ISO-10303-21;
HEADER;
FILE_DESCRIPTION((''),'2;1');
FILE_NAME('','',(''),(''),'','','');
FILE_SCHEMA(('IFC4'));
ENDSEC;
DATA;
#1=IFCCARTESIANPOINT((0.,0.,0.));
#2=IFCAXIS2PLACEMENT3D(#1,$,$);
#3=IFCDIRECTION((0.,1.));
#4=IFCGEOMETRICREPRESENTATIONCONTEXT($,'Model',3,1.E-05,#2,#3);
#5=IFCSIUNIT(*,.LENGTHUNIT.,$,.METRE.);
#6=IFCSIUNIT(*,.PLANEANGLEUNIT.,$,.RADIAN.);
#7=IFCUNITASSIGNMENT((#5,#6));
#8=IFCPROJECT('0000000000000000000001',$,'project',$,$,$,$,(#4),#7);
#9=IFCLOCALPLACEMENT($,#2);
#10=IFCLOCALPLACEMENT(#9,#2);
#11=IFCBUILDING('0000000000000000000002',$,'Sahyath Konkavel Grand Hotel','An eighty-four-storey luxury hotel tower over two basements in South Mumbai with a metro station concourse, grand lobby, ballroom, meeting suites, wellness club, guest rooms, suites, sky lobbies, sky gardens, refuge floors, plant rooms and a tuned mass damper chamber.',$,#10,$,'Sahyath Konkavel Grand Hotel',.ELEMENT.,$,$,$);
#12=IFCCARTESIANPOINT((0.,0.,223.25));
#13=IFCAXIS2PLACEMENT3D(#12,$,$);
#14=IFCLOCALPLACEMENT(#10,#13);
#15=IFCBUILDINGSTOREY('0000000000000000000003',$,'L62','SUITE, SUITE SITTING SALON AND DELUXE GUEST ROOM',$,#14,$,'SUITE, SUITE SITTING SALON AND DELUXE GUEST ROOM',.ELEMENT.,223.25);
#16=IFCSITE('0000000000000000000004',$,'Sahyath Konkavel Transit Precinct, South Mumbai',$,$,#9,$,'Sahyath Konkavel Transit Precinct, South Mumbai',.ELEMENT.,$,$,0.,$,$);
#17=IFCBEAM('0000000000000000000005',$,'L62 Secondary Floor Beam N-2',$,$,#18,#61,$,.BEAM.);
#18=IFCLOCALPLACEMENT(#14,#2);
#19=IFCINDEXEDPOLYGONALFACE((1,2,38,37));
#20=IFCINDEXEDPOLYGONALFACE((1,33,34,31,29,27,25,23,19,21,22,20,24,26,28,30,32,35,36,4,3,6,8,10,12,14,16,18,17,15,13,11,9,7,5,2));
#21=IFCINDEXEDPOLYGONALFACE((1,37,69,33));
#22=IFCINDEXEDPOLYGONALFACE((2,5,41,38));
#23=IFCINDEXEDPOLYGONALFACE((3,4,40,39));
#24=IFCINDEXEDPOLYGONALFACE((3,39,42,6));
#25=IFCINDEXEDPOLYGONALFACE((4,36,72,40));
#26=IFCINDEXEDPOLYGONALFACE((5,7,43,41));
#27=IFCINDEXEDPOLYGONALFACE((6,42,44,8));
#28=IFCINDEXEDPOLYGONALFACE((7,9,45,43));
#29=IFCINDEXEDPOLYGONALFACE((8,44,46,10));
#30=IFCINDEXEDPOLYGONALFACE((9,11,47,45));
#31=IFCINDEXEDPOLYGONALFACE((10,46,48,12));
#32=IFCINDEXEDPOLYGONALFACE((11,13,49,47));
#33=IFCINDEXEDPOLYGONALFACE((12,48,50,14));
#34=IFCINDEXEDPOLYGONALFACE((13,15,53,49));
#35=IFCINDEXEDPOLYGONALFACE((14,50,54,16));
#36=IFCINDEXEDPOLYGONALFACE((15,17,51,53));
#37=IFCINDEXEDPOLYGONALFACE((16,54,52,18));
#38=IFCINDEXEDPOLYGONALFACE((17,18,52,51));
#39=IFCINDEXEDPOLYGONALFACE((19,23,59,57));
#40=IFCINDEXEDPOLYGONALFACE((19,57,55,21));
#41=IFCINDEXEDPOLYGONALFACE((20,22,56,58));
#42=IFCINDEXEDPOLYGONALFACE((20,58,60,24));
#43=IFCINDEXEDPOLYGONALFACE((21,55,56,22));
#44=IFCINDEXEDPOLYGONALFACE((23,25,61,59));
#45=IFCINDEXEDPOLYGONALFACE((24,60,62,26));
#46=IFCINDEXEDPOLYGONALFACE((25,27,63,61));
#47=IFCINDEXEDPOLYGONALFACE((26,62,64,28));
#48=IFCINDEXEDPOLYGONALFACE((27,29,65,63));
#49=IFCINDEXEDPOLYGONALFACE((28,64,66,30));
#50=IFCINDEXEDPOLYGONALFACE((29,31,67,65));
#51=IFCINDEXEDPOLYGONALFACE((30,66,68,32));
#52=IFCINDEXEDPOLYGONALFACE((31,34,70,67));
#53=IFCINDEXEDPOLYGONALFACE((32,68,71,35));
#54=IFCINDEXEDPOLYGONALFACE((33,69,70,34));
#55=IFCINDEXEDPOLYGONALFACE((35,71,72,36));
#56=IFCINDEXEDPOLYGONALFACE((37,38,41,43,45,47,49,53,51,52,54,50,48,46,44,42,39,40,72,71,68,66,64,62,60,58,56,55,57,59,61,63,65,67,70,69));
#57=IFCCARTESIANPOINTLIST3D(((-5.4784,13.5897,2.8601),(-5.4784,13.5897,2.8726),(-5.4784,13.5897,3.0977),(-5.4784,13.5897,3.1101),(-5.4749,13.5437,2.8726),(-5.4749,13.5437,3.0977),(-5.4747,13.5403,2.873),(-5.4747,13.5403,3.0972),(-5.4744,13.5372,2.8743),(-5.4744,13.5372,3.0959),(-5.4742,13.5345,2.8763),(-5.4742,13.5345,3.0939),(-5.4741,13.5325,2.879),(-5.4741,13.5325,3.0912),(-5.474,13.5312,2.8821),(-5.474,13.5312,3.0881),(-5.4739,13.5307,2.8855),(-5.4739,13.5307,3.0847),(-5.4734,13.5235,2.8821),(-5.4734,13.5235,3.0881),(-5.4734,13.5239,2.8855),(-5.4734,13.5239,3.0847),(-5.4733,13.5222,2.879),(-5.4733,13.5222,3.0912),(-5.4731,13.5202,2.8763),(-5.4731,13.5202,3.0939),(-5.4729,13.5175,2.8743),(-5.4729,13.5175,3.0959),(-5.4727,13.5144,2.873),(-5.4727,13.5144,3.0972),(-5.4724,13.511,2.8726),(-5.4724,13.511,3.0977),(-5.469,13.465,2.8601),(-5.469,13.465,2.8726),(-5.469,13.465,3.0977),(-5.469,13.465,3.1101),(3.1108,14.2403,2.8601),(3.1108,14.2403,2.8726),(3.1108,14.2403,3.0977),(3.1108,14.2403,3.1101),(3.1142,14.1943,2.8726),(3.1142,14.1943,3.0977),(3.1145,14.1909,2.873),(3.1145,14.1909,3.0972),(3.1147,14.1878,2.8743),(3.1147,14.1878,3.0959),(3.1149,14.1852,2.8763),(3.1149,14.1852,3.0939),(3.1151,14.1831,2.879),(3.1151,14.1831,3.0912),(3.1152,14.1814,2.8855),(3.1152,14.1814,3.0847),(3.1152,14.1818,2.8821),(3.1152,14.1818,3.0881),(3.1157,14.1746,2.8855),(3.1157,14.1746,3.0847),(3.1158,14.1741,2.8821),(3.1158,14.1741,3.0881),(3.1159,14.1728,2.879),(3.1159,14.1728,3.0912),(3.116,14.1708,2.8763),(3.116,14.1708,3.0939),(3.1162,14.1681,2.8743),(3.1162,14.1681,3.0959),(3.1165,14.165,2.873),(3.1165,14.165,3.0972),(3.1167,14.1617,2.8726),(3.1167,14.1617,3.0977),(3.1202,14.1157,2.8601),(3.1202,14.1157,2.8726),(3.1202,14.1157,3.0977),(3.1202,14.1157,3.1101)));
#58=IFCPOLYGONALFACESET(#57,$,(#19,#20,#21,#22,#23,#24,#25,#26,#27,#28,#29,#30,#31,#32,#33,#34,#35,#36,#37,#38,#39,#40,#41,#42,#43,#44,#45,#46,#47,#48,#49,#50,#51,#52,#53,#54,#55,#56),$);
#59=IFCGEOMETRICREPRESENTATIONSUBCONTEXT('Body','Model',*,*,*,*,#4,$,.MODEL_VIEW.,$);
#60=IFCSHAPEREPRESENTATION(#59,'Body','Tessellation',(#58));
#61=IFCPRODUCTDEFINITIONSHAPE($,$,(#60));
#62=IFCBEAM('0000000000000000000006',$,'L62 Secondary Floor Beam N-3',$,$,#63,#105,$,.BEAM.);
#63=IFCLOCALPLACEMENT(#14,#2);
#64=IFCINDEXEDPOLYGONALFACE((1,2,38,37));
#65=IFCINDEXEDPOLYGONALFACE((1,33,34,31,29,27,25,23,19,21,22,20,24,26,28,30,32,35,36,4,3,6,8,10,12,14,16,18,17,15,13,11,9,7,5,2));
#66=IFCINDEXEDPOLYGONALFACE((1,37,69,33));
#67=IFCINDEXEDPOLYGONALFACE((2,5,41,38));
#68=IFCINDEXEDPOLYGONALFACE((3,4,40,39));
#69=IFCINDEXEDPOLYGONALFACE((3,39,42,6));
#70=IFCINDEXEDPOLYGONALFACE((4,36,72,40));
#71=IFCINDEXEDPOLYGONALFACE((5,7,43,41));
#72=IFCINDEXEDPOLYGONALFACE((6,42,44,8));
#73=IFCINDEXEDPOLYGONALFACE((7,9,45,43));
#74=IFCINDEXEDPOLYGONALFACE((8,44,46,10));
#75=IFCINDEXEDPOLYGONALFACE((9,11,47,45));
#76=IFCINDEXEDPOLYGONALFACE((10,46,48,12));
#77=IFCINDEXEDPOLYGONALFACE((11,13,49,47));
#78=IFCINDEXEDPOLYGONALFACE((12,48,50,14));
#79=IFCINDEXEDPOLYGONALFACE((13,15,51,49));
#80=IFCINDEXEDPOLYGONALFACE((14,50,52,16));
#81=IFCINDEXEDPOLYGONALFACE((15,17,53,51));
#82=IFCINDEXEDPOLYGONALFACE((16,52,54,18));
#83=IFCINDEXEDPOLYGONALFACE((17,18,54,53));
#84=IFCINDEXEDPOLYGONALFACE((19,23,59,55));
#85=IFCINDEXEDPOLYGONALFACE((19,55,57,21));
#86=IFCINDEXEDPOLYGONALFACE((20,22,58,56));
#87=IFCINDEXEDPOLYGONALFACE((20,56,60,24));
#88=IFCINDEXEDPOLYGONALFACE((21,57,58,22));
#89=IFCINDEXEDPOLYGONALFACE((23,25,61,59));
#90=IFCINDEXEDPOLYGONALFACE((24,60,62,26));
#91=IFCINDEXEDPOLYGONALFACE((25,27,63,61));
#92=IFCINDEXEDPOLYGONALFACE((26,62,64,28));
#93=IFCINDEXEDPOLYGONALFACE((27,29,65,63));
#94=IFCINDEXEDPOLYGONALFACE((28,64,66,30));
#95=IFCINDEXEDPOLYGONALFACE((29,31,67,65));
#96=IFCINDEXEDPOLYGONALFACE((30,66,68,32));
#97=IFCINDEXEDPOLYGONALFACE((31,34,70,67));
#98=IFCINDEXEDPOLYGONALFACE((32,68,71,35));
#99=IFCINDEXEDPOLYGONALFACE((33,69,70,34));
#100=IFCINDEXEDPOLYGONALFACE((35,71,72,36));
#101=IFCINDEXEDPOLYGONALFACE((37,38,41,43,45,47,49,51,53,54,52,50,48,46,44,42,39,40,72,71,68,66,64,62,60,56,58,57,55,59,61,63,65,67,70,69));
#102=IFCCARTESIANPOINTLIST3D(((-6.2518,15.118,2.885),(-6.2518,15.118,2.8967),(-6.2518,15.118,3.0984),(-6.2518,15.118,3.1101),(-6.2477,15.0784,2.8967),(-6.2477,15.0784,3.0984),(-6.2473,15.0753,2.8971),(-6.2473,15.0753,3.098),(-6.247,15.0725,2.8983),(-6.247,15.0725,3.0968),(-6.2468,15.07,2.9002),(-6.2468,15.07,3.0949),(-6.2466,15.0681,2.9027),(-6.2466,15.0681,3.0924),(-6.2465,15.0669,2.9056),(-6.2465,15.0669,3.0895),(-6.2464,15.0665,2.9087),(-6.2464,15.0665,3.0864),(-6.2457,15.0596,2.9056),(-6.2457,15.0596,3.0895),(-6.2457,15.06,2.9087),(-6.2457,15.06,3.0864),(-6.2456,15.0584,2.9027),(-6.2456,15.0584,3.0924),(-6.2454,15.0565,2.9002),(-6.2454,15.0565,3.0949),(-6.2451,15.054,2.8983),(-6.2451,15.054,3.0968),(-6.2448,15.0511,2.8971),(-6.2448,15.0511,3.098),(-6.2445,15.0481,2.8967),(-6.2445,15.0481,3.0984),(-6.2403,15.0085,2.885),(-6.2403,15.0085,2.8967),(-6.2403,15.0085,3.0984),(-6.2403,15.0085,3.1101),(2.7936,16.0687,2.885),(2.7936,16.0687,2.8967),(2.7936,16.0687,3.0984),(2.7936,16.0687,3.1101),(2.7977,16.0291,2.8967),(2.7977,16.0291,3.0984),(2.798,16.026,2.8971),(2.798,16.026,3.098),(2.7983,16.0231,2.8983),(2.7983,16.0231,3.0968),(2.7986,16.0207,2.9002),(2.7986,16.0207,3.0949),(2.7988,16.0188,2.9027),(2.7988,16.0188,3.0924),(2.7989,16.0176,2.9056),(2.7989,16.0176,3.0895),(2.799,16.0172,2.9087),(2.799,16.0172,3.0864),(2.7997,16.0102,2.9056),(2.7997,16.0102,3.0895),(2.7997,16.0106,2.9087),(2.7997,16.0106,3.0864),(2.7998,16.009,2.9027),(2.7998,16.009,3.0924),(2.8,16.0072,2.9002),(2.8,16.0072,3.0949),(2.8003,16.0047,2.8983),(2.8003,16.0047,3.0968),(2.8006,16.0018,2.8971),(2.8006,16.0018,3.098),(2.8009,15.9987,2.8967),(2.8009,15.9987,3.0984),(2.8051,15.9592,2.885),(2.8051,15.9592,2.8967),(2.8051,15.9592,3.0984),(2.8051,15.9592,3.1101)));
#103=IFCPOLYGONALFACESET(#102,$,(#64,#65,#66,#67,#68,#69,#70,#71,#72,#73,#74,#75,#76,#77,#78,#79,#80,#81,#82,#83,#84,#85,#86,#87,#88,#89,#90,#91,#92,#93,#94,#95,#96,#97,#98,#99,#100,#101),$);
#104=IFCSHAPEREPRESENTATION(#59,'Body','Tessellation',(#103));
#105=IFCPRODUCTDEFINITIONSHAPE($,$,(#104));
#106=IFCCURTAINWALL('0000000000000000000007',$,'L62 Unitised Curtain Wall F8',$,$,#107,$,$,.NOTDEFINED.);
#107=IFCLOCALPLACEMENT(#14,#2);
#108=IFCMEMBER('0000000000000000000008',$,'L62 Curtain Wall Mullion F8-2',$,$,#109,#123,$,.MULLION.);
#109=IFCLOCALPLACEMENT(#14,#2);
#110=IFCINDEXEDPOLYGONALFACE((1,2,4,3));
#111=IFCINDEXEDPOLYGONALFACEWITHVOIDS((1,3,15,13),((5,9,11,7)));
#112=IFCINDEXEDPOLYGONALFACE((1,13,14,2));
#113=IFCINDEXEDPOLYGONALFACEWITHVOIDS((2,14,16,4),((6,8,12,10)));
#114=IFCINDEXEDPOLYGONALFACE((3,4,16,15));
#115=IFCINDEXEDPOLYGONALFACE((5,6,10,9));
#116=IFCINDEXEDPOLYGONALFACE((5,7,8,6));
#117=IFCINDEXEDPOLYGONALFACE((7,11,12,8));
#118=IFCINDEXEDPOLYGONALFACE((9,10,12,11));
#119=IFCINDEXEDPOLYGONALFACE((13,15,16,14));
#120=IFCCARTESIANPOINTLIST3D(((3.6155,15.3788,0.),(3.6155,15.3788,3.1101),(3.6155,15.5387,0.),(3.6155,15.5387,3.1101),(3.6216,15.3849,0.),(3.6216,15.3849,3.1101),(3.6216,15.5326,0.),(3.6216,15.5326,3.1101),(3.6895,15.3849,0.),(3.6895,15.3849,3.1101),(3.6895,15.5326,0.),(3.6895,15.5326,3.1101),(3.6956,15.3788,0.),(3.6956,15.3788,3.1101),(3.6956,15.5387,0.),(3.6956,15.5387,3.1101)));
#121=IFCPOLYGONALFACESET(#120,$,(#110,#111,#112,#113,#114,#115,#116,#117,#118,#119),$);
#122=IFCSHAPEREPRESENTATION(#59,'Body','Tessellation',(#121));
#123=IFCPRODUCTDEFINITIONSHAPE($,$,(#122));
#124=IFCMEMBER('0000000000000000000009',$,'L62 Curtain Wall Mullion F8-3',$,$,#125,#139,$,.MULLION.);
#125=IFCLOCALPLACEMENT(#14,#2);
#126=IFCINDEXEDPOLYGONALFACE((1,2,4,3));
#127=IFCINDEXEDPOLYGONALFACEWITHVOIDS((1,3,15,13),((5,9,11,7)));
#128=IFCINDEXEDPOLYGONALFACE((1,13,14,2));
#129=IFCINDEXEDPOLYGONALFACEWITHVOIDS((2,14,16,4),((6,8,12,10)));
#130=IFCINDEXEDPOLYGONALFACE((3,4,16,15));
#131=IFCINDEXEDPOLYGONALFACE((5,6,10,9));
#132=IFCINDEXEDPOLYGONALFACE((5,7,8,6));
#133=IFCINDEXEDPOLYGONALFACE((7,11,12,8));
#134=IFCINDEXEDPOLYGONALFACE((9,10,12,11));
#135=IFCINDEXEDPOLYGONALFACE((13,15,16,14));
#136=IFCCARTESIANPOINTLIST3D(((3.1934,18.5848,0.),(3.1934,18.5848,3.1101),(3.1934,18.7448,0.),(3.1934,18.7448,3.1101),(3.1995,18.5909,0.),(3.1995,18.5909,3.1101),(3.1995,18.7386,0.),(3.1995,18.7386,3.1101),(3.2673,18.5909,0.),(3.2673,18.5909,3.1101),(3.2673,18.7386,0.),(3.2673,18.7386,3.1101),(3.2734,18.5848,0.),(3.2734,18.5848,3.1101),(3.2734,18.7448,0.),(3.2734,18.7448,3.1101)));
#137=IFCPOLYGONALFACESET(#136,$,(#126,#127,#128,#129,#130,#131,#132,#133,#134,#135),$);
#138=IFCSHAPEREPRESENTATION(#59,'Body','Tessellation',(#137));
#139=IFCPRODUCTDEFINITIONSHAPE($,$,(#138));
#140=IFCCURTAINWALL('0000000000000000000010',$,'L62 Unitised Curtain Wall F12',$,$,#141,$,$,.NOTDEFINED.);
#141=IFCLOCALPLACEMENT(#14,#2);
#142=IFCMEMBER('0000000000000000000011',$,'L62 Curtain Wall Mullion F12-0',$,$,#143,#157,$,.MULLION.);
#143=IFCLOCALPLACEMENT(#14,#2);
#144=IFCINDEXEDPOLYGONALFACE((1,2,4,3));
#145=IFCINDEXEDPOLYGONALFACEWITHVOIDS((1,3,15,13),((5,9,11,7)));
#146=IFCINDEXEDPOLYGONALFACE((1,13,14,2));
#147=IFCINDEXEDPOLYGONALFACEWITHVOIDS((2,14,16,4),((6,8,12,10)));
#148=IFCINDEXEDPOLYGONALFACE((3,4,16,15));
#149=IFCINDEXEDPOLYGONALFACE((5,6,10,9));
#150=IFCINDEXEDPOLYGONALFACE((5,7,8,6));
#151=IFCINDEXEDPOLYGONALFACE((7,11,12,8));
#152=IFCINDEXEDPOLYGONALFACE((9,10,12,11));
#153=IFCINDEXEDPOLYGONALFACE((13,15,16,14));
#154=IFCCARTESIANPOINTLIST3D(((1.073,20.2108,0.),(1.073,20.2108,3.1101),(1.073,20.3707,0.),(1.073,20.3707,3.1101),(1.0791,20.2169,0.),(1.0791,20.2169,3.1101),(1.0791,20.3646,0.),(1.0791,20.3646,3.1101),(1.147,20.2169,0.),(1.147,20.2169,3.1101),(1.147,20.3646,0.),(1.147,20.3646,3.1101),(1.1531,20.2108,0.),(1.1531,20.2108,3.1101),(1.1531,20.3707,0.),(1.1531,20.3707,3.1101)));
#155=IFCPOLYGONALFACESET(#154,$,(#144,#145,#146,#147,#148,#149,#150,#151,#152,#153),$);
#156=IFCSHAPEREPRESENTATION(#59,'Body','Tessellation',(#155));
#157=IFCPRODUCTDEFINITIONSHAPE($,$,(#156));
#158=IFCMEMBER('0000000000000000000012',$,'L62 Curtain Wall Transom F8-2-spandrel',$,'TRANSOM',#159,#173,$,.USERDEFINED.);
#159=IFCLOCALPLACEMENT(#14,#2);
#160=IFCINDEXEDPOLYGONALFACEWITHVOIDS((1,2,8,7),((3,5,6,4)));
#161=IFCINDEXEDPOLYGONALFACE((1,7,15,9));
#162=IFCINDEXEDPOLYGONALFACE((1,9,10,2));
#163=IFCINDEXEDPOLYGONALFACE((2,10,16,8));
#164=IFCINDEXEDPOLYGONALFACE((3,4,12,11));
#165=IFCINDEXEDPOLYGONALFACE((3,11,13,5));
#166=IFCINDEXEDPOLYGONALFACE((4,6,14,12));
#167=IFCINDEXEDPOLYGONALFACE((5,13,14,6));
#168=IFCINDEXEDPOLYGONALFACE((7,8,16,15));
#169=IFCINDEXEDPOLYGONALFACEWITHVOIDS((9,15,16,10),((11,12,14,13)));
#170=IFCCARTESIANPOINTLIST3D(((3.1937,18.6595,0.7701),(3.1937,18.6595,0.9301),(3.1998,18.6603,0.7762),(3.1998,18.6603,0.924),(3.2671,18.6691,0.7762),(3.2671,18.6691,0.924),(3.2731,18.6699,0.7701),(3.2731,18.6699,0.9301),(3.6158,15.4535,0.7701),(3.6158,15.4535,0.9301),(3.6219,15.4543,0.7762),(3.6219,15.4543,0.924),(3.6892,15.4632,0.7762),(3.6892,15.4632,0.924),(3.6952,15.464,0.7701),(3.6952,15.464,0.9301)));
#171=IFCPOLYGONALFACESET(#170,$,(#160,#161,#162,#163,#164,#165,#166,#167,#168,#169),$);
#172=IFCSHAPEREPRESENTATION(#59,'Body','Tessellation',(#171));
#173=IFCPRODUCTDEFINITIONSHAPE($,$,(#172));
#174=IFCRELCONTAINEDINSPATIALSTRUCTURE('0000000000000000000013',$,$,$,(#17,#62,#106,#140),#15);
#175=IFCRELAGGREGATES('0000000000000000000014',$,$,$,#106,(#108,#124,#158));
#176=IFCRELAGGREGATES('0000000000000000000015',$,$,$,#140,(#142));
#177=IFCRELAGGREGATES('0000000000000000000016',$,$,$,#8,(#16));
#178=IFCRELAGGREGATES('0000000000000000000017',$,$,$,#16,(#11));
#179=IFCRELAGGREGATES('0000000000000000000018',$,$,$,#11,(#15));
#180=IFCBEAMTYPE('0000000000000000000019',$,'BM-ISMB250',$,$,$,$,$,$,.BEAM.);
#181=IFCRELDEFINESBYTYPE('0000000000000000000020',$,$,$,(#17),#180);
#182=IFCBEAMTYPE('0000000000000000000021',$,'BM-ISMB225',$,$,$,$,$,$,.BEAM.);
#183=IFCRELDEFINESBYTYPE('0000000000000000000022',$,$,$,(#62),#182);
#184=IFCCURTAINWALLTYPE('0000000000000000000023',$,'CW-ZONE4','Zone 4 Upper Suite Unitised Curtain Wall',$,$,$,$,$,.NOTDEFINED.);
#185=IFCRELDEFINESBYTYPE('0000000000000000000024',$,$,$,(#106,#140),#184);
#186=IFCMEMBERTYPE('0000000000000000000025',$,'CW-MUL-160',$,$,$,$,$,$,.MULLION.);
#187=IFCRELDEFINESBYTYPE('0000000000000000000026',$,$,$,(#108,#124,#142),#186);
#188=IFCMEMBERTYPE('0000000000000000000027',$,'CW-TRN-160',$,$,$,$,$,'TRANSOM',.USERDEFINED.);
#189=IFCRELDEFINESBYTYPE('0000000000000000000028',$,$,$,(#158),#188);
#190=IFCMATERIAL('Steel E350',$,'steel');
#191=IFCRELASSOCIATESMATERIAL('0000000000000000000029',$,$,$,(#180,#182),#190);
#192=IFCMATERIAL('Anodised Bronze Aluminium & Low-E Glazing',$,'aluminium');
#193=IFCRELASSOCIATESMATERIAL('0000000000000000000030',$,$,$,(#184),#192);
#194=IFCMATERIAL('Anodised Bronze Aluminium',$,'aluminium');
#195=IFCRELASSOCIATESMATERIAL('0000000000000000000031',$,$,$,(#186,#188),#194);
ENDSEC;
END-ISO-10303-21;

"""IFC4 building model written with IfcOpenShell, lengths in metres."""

from ifc_helpers import new_model, si_unit, direction, frame, origin, origin_2d, place, context, subcontext, project, spatial, hollow_rectangle, i_section, extrude, source, transform, mapped, material, material_profile, profile_set, type_object, element, aggregate, save


model = new_model("IFC4")

# Units and contexts
model_context = context("Model", 3, precision=1e-05, world=origin(), true_north=direction((0.0, 1.0)))
body_context = subcontext(model_context, "Body", "Model", "MODEL_VIEW")
ifc_project = project(units=[si_unit("LENGTHUNIT", "METRE"), si_unit("PLANEANGLEUNIT", "RADIAN")], contexts=[model_context])

# Site, building, storey
site_placement = place(None, origin())
site = spatial("IfcSite", under=ifc_project, at=site_placement, Name="Sahyath Konkavel Transit Precinct, South Mumbai", LongName="Sahyath Konkavel Transit Precinct, South Mumbai", CompositionType="ELEMENT", RefElevation=0.0)
building_placement = place(site_placement, origin())
building = spatial("IfcBuilding", under=site, at=building_placement, Name="Sahyath Konkavel Grand Hotel", Description="An eighty-four-storey luxury hotel tower over two basements in South Mumbai with a metro station concourse, grand lobby, ballroom, meeting suites, wellness club, guest rooms, suites, sky lobbies, sky gardens, refuge floors, plant rooms and a tuned mass damper chamber.", LongName="Sahyath Konkavel Grand Hotel", CompositionType="ELEMENT")
storey_placement = place(building_placement, frame((0.0, 0.0, 223.25)))
storey = spatial("IfcBuildingStorey", under=building, at=storey_placement, Name="L62", Description="SUITE, SUITE SITTING SALON AND DELUXE GUEST ROOM", LongName="SUITE, SUITE SITTING SALON AND DELUXE GUEST ROOM", CompositionType="ELEMENT", Elevation=223.25)

# Beams
ifc_material_1 = material(Name="Steel E350", Category="steel")
ifc_material_profile_1 = material_profile(ifc_material_1, i_section(OverallWidth=0.125, OverallDepth=0.25, WebThickness=0.0068, FlangeThickness=0.0125, FilletRadius=0.0129, at=origin_2d()), Name="ISMB 250")
ifc_profile_set_1 = profile_set([ifc_material_profile_1], Name="Steel E350")
beam_type_1 = type_object("IfcBeamType", Name="BM-ISMB250", PredefinedType="BEAM", material=ifc_profile_set_1)
shared_shape_1 = source(origin(), body_context, "Body", "SweptSolid", [
    extrude(i_section(OverallWidth=0.125, OverallDepth=0.25, WebThickness=0.0068, FlangeThickness=0.0125, FilletRadius=0.0129, at=origin_2d()), origin(), (0.0, 0.0, 1.0), 8.6138),
])
beam_1_placement = place(storey_placement, frame((3.1155, 14.178, 2.9851), z_axis=(-0.997143, -0.075535, 0.0), x_axis=(0.075535, -0.997143, 0.0)))
element("IfcBeam", 1, at=beam_1_placement, inside=storey, type_object=beam_type_1, Name="L62 Secondary Floor Beam N-2", PredefinedType="BEAM", context=body_context, shape_type="MappedRepresentation", body=[
    mapped(shared_shape_1, transform((0.0, 0.0, 0.0), scale=1.0)),
])
ifc_material_profile_2 = material_profile(ifc_material_1, i_section(OverallWidth=0.1101, OverallDepth=0.2251, WebThickness=0.0066, FlangeThickness=0.0117, FilletRadius=0.012, at=origin_2d()), Name="ISMB 225")
ifc_profile_set_2 = profile_set([ifc_material_profile_2], Name="Steel E350")
beam_type_2 = type_object("IfcBeamType", Name="BM-ISMB225", PredefinedType="BEAM", material=ifc_profile_set_2)
shared_shape_2 = source(origin(), body_context, "Body", "SweptSolid", [
    extrude(i_section(OverallWidth=0.1101, OverallDepth=0.2251, WebThickness=0.0066, FlangeThickness=0.0117, FilletRadius=0.012, at=origin_2d()), origin(), (0.0, 0.0, 1.0), 9.0952),
])
beam_2_placement = place(storey_placement, frame((2.7993, 16.0139, 2.9976), z_axis=(-0.994522, -0.104525, 0.0), x_axis=(0.104525, -0.994522, 0.0)))
element("IfcBeam", 2, at=beam_2_placement, inside=storey, type_object=beam_type_2, Name="L62 Secondary Floor Beam N-3", PredefinedType="BEAM", context=body_context, shape_type="MappedRepresentation", body=[
    mapped(shared_shape_2, transform((0.0, 0.0, 0.0), scale=1.0)),
])

# Curtain wall, members
ifc_material_2 = material(Name="Anodised Bronze Aluminium & Low-E Glazing", Category="aluminium")
curtain_wall_type = type_object("IfcCurtainWallType", Name="CW-ZONE4", Description="Zone 4 Upper Suite Unitised Curtain Wall", PredefinedType="NOTDEFINED", material=ifc_material_2)
curtain_wall_1_placement = place(storey_placement, origin())
curtain_wall_1 = element("IfcCurtainWall", 3, at=curtain_wall_1_placement, inside=storey, type_object=curtain_wall_type, Name="L62 Unitised Curtain Wall F8", PredefinedType="NOTDEFINED")
ifc_material_3 = material(Name="Anodised Bronze Aluminium", Category="aluminium")
ifc_material_profile_3 = material_profile(ifc_material_3, hollow_rectangle(XDim=0.0801, YDim=0.1599, WallThickness=0.0061, at=origin_2d()), Name="RHS 160x80x6")
ifc_profile_set_3 = profile_set([ifc_material_profile_3], Name="Anodised Bronze Aluminium")
member_type_1 = type_object("IfcMemberType", Name="CW-MUL-160", PredefinedType="MULLION", material=ifc_profile_set_3)
shared_shape_3 = source(origin(), body_context, "Body", "SweptSolid", [
    extrude(hollow_rectangle(XDim=0.0801, YDim=0.1599, WallThickness=0.0061, at=origin_2d()), origin(), (0.0, 0.0, 1.0), 3.1101),
])
member_1_placement = place(storey_placement, frame((3.6555, 15.4587, 0.0), z_axis=(0.0, 0.0, 1.0), x_axis=(1.0, 0.0, 0.0)))
member_1 = element("IfcMember", 4, at=member_1_placement, type_object=member_type_1, Name="L62 Curtain Wall Mullion F8-2", PredefinedType="MULLION", context=body_context, shape_type="MappedRepresentation", body=[
    mapped(shared_shape_3, transform((0.0, 0.0, 0.0), scale=1.0)),
])
member_2_placement = place(storey_placement, frame((3.2334, 18.6648, 0.0), z_axis=(0.0, 0.0, 1.0), x_axis=(1.0, 0.0, 0.0)))
member_2 = element("IfcMember", 5, at=member_2_placement, type_object=member_type_1, Name="L62 Curtain Wall Mullion F8-3", PredefinedType="MULLION", context=body_context, shape_type="MappedRepresentation", body=[
    mapped(shared_shape_3, transform((0.0, 0.0, 0.0), scale=1.0)),
])

# Curtain wall, member
curtain_wall_2_placement = place(storey_placement, origin())
curtain_wall_2 = element("IfcCurtainWall", 6, at=curtain_wall_2_placement, inside=storey, type_object=curtain_wall_type, Name="L62 Unitised Curtain Wall F12", PredefinedType="NOTDEFINED")
member_3_placement = place(storey_placement, frame((1.113, 20.2908, 0.0), z_axis=(0.0, 0.0, 1.0), x_axis=(1.0, 0.0, 0.0)))
member_3 = element("IfcMember", 7, at=member_3_placement, type_object=member_type_1, Name="L62 Curtain Wall Mullion F12-0", PredefinedType="MULLION", context=body_context, shape_type="MappedRepresentation", body=[
    mapped(shared_shape_3, transform((0.0, 0.0, 0.0), scale=1.0)),
])

# Member
ifc_material_profile_4 = material_profile(ifc_material_3, hollow_rectangle(XDim=0.0801, YDim=0.1599, WallThickness=0.0061, at=origin_2d()), Name="RHS 160x80x6")
ifc_profile_set_4 = profile_set([ifc_material_profile_4], Name="Anodised Bronze Aluminium")
member_type_2 = type_object("IfcMemberType", Name="CW-TRN-160", ElementType="TRANSOM", PredefinedType="USERDEFINED", material=ifc_profile_set_4)
shared_shape_4 = source(origin(), body_context, "Body", "SweptSolid", [
    extrude(hollow_rectangle(XDim=0.0801, YDim=0.1599, WallThickness=0.0061, at=origin_2d()), origin(), (0.0, 0.0, 1.0), 3.2336),
])
member_4_placement = place(storey_placement, frame((3.6555, 15.4587, 0.8501), z_axis=(-0.130537, 0.991443, 0.0), x_axis=(-0.991443, -0.130537, 0.0)))
member_4 = element("IfcMember", 8, at=member_4_placement, type_object=member_type_2, Name="L62 Curtain Wall Transom F8-2-spandrel", ObjectType="TRANSOM", PredefinedType="USERDEFINED", context=body_context, shape_type="MappedRepresentation", body=[
    mapped(shared_shape_4, transform((0.0, 0.0, 0.0), scale=1.0)),
])

aggregate(curtain_wall_1, [member_1, member_2, member_4])
aggregate(curtain_wall_2, [member_3])

save(model, "model.ifc")
